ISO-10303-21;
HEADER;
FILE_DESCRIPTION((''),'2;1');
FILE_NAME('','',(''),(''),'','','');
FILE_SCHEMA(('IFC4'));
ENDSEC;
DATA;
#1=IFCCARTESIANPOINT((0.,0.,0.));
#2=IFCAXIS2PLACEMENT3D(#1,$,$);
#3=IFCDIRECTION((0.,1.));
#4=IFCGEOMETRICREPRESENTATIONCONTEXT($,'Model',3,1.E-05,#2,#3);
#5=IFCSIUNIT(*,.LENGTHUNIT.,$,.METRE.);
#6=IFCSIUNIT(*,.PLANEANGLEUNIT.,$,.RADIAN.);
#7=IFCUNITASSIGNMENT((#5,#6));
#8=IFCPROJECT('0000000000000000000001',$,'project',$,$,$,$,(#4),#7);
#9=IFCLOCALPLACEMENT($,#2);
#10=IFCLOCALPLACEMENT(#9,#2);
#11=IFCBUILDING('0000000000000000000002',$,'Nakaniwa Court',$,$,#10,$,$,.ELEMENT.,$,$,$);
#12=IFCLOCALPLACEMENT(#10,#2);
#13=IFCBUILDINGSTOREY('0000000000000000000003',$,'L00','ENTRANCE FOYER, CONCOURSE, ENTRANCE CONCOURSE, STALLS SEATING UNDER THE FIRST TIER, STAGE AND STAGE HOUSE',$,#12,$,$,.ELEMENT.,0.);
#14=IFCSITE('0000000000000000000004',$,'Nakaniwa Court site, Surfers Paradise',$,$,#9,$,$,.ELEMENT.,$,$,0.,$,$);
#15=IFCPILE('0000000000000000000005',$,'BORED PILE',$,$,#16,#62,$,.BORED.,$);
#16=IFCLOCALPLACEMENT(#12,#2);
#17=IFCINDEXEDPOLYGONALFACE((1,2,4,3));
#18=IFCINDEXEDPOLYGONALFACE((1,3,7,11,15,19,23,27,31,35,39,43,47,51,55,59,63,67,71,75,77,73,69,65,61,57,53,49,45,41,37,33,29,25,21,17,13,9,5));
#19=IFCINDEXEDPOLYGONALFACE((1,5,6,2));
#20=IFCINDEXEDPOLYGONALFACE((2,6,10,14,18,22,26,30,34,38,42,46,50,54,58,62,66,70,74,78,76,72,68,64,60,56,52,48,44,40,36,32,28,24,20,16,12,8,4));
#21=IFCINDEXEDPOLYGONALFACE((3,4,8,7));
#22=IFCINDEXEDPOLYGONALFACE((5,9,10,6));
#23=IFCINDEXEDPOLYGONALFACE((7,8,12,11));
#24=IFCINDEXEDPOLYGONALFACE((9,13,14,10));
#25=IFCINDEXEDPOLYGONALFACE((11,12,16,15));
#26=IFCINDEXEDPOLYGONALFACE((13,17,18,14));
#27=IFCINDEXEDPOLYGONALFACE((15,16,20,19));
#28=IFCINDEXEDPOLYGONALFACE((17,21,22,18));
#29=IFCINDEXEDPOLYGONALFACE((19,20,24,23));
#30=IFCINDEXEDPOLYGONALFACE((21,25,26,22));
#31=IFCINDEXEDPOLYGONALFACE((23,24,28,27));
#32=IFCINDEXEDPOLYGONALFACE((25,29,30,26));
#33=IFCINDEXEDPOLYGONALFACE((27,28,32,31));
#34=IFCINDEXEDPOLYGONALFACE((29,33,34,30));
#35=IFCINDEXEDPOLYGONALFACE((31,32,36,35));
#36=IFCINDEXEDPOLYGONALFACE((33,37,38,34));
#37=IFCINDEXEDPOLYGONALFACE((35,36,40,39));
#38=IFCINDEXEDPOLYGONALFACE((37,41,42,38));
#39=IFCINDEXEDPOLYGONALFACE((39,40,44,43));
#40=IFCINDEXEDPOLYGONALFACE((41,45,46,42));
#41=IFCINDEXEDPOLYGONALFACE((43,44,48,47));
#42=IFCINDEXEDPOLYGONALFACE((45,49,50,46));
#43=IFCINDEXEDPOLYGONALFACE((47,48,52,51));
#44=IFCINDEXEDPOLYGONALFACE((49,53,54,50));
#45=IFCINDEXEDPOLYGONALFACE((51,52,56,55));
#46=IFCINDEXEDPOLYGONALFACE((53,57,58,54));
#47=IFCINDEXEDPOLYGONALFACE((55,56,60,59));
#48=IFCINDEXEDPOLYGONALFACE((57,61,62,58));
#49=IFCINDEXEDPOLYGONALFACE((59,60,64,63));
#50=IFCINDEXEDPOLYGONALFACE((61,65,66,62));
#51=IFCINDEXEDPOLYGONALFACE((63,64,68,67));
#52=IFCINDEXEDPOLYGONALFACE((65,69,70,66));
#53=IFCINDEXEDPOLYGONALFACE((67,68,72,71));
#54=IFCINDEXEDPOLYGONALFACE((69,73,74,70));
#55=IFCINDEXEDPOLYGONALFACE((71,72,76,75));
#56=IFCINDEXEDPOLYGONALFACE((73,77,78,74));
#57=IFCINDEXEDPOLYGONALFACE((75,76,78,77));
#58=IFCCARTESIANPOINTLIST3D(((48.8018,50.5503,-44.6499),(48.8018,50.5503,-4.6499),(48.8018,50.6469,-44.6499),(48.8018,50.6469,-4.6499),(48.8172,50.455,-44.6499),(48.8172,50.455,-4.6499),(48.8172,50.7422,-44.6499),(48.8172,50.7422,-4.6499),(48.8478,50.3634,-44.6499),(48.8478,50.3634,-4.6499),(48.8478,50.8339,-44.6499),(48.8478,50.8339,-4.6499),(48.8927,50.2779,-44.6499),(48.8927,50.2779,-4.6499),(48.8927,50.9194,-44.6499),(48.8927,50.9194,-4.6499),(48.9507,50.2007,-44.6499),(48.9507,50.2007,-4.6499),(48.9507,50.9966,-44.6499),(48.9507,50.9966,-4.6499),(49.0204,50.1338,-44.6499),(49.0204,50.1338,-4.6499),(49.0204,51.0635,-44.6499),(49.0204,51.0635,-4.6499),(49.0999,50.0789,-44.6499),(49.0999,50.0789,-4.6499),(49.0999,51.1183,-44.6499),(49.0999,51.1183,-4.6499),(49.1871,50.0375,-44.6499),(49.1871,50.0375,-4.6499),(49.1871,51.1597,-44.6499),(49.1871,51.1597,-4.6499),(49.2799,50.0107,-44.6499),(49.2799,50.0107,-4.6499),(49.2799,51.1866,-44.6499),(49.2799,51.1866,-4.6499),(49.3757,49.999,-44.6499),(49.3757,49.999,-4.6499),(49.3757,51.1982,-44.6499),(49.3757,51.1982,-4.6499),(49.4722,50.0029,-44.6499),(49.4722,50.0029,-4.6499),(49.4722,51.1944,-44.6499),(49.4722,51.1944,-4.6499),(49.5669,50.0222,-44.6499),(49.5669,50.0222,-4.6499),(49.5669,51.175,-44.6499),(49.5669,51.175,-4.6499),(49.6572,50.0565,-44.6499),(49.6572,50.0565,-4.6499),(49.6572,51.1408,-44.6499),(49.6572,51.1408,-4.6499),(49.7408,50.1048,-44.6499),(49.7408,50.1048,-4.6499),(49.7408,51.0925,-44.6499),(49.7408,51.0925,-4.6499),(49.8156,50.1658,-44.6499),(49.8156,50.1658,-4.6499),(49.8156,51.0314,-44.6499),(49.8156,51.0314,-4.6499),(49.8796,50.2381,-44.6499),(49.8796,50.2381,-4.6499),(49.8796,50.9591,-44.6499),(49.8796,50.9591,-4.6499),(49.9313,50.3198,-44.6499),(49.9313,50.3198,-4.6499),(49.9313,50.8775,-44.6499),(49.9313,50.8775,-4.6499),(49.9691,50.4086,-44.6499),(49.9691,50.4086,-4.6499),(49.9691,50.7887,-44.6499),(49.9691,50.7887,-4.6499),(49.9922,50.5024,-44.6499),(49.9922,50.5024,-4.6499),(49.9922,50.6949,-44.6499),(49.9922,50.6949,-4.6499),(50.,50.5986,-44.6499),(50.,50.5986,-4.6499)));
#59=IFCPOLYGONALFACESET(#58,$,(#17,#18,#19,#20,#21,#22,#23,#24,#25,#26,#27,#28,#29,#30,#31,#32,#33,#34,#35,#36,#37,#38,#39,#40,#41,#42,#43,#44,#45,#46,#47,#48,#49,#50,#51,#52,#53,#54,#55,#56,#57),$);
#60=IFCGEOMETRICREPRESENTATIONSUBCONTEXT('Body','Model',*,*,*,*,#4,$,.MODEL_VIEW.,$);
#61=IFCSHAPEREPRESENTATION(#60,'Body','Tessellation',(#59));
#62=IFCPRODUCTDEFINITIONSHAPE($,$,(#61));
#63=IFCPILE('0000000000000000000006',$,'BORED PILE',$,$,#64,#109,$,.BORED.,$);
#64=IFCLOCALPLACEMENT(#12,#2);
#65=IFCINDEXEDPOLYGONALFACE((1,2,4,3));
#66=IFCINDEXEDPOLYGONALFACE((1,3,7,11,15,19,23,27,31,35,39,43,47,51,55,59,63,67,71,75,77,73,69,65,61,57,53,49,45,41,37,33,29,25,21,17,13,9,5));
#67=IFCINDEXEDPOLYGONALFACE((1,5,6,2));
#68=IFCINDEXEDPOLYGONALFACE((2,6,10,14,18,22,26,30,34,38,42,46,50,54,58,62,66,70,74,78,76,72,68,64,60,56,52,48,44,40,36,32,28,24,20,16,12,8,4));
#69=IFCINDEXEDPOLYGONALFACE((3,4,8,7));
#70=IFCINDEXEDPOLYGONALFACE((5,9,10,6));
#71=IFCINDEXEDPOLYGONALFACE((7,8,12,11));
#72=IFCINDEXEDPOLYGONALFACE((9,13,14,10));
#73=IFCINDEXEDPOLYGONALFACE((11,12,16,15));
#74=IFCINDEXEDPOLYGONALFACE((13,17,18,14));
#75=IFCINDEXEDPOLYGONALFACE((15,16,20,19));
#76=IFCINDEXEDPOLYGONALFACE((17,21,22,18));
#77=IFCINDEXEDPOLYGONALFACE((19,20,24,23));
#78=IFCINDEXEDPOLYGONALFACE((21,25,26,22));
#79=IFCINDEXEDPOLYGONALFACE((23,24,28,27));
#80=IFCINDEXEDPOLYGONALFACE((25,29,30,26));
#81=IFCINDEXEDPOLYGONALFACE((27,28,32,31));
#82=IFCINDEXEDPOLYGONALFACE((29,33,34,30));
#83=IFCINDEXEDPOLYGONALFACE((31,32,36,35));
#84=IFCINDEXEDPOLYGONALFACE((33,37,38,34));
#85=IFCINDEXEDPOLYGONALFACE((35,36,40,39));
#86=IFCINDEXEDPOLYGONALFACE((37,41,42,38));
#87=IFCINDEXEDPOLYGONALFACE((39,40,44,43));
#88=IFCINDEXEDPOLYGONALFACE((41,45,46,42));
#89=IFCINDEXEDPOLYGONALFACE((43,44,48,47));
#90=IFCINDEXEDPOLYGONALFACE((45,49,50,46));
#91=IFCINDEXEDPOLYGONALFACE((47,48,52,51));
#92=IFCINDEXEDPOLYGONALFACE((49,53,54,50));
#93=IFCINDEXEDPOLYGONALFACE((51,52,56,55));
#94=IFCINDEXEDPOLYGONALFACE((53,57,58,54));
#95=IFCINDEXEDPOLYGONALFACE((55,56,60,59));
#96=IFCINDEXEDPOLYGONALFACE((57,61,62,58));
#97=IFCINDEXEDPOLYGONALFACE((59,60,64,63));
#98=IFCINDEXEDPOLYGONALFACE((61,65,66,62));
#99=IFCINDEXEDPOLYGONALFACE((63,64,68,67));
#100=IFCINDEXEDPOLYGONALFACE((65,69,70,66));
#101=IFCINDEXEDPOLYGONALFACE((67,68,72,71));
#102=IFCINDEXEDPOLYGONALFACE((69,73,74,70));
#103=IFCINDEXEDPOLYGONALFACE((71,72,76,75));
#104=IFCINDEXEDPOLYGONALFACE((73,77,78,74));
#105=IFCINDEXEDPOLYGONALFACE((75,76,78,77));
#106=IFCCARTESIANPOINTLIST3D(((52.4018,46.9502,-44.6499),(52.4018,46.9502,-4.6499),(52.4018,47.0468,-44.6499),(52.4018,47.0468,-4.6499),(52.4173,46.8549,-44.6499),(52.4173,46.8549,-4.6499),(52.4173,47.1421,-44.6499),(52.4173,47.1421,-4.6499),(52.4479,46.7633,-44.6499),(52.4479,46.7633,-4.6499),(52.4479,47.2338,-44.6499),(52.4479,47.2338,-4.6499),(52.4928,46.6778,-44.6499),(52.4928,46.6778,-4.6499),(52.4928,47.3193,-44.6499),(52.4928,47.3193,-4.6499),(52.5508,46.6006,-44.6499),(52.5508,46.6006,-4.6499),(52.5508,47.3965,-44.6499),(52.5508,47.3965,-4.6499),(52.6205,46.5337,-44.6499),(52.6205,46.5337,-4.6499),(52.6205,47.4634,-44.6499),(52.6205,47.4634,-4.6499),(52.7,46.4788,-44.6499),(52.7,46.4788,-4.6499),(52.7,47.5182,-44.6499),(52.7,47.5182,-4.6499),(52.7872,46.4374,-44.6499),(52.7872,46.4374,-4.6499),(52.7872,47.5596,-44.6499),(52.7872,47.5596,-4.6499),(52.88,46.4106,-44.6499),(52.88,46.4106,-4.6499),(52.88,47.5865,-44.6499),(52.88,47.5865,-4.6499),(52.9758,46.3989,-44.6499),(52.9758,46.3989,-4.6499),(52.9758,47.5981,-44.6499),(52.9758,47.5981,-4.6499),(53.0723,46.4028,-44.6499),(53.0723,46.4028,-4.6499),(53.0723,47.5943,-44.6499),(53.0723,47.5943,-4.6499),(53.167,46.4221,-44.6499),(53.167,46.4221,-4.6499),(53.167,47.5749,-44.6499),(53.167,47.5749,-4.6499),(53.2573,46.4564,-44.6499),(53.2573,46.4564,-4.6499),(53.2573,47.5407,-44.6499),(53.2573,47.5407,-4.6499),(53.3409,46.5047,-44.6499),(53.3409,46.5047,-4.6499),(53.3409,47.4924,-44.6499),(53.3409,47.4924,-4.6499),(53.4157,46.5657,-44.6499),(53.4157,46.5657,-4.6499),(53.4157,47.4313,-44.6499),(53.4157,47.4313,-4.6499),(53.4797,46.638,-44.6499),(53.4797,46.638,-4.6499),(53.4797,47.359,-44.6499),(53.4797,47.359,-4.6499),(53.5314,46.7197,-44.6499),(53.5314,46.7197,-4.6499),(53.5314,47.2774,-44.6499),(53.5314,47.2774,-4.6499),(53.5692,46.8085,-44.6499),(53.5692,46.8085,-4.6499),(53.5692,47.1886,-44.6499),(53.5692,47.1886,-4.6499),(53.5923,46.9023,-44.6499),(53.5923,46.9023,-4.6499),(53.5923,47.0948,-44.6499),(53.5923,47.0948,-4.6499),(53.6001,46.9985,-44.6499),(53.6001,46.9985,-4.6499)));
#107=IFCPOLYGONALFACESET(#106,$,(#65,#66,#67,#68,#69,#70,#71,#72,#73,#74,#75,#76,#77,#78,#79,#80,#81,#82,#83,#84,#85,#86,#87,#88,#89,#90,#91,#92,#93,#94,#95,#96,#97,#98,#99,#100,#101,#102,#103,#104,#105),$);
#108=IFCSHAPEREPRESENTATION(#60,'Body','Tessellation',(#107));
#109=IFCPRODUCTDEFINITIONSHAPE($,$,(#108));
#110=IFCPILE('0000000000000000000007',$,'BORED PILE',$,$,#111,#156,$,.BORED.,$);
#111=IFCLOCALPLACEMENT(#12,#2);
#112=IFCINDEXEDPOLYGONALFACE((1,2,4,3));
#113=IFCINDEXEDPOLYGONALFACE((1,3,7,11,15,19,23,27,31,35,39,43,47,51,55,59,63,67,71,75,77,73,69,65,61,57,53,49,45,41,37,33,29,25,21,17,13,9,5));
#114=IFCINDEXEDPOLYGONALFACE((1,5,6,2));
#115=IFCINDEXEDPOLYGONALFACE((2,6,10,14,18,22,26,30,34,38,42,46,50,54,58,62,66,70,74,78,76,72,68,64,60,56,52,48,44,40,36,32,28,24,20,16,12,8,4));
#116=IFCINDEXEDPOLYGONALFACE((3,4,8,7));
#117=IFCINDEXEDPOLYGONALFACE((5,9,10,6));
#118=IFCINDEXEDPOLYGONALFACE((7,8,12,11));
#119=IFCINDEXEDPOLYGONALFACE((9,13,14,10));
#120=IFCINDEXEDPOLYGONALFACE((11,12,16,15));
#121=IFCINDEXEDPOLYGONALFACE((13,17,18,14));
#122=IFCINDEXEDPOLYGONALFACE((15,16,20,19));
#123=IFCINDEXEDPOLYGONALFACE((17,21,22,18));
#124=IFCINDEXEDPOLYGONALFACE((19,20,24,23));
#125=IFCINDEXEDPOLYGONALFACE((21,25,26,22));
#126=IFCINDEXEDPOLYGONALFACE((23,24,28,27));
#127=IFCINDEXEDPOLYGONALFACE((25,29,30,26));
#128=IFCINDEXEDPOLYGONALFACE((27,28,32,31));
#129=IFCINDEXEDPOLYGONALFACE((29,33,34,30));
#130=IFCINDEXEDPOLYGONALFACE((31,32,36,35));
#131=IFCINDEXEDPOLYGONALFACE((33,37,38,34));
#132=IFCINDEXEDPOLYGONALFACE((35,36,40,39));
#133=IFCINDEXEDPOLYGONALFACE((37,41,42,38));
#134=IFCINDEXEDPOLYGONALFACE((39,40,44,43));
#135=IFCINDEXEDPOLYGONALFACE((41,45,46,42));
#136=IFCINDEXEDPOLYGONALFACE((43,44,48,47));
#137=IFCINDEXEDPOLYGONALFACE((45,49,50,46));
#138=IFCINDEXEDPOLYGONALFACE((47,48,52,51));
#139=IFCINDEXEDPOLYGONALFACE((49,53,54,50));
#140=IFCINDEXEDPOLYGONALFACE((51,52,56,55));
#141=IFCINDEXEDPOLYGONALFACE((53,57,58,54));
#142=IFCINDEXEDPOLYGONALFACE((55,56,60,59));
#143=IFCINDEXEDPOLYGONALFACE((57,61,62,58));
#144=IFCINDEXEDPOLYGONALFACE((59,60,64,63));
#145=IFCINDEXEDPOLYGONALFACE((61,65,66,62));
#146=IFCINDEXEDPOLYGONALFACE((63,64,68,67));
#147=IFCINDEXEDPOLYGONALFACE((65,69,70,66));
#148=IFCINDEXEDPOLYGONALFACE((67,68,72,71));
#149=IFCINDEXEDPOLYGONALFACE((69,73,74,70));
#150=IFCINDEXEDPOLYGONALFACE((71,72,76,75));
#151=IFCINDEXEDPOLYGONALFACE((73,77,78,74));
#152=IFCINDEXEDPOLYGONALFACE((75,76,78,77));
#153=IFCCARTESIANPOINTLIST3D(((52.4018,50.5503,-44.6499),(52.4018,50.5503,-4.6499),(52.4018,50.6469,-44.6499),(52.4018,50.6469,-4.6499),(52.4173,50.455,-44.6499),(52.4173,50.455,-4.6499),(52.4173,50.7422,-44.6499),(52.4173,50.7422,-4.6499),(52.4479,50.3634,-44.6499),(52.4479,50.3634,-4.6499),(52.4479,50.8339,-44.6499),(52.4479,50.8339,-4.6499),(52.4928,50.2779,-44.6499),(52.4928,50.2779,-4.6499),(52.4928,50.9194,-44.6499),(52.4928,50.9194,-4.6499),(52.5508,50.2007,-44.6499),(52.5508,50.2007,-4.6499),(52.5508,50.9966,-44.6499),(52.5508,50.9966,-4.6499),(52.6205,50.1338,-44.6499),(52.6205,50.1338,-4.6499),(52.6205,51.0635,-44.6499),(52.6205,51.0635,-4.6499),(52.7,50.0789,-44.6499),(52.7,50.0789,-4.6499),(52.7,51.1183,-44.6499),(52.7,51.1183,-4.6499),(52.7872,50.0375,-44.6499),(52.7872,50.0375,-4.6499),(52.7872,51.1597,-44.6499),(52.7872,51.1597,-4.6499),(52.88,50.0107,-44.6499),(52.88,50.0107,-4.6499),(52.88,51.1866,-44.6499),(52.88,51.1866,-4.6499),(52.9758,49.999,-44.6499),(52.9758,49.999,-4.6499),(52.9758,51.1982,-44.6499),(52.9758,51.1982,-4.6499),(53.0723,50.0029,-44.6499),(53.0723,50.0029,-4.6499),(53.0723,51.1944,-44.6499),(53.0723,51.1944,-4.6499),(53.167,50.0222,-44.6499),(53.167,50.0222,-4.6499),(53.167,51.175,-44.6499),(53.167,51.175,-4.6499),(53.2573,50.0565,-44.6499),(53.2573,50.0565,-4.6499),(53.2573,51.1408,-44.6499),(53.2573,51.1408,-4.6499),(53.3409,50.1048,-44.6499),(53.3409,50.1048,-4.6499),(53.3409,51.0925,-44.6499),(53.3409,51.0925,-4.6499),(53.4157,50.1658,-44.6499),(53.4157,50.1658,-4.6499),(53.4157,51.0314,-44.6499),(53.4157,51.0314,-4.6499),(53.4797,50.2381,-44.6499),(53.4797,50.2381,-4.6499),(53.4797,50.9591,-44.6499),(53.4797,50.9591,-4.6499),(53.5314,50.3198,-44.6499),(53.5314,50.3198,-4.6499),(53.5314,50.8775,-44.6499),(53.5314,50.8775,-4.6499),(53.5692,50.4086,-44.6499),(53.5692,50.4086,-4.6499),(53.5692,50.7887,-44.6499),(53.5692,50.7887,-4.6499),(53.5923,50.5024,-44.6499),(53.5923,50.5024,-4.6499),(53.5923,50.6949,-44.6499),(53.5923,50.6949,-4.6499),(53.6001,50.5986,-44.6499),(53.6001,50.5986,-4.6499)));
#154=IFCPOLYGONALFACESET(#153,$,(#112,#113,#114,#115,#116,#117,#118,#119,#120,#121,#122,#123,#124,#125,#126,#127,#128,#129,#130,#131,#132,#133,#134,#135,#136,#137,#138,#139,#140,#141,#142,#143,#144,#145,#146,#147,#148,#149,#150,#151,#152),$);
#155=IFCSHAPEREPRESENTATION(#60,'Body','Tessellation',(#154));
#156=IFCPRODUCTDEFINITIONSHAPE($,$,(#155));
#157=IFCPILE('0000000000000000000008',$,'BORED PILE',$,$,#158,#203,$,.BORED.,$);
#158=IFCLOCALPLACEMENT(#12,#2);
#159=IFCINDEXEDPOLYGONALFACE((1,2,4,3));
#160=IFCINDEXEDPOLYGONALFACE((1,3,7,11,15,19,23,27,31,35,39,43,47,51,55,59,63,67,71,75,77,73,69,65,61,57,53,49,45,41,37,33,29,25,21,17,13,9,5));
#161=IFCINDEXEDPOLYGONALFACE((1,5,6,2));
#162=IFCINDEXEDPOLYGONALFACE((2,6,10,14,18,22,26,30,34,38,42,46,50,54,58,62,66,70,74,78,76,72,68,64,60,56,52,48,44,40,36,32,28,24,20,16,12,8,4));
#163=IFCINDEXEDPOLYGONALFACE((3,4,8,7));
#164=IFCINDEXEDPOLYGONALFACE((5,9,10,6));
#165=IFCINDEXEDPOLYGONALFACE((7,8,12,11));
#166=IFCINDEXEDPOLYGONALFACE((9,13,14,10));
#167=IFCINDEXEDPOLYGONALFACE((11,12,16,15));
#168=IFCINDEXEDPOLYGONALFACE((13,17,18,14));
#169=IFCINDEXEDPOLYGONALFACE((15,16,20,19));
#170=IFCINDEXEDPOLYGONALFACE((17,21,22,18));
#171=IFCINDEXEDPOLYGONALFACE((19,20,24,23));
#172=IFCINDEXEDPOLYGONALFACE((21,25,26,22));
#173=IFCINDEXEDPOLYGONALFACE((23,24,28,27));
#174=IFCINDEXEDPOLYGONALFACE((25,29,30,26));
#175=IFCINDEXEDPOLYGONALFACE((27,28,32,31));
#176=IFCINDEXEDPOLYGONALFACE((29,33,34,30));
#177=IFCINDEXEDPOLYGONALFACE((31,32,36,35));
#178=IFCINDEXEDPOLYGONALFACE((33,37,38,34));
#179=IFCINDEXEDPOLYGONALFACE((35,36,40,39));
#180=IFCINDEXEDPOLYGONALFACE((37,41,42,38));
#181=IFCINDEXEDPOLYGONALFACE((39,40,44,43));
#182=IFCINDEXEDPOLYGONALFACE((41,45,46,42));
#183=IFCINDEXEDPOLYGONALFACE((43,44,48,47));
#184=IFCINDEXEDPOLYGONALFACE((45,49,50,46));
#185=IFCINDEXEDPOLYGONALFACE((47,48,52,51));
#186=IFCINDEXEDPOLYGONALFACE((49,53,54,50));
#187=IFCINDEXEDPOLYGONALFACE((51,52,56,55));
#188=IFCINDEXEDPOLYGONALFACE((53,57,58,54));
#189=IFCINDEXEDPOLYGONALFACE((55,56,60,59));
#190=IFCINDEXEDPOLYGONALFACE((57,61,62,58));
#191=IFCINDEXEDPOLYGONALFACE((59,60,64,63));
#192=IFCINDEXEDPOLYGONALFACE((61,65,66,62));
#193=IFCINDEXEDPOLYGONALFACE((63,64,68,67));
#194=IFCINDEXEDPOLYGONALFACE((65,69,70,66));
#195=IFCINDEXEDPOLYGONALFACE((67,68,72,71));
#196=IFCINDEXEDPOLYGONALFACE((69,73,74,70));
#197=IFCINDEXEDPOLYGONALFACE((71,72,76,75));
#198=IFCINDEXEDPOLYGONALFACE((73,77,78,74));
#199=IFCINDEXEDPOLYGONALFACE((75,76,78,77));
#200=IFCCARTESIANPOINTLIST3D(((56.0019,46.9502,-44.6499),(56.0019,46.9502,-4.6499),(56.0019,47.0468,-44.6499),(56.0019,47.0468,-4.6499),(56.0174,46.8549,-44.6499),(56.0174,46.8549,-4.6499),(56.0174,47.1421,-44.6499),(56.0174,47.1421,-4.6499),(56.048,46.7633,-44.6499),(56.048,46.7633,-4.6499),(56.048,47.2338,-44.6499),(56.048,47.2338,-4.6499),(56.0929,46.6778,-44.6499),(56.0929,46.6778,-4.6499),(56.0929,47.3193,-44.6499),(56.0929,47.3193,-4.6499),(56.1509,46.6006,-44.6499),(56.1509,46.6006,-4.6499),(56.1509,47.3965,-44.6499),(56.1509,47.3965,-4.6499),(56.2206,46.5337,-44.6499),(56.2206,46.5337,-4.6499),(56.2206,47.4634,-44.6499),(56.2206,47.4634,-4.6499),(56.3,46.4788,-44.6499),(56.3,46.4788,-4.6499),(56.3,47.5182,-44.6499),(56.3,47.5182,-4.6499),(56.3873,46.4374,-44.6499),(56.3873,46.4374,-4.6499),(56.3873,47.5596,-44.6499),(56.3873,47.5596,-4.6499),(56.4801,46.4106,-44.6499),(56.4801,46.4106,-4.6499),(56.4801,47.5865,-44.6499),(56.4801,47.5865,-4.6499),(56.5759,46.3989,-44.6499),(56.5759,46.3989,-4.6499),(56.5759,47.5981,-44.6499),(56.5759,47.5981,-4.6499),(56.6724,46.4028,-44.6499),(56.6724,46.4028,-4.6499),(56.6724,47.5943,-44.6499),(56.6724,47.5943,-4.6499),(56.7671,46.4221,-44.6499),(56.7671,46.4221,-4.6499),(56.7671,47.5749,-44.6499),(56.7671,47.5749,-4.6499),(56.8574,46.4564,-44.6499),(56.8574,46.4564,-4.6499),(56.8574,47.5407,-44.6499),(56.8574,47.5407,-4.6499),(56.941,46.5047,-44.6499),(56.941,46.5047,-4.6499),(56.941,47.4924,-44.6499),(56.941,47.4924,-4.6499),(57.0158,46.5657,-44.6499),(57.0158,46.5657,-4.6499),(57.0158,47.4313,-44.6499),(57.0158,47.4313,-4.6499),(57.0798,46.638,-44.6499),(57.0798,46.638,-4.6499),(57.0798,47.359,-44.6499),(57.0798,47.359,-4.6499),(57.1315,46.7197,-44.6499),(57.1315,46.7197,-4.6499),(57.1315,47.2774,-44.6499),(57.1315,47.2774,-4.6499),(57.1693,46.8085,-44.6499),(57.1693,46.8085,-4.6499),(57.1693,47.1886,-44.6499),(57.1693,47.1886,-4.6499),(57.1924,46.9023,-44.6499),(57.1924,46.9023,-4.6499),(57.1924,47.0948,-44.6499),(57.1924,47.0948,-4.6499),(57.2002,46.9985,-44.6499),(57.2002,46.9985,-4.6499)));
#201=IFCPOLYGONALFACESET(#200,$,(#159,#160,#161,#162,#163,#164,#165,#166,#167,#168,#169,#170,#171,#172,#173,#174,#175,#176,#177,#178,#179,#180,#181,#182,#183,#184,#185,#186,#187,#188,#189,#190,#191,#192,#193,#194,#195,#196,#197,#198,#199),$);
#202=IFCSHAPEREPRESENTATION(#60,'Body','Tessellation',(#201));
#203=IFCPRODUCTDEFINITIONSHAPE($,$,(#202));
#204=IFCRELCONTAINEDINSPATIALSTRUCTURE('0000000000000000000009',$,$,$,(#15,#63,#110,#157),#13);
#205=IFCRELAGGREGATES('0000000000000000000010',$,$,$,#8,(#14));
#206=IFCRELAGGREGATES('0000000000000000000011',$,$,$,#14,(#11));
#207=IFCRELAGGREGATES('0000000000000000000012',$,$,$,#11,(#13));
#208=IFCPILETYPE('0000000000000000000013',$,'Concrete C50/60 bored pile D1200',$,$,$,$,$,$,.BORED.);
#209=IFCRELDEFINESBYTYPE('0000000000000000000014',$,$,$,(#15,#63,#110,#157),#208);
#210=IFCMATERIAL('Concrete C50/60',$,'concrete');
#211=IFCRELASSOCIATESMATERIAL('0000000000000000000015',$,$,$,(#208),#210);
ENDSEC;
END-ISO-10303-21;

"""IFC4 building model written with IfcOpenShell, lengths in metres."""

from ifc_helpers import new_model, si_unit, direction, frame, origin, origin_2d, place, context, subcontext, project, spatial, circle, extrude, material, material_profile, profile_set, type_object, element, save


model = new_model("IFC4")

# Units and contexts
model_context = context("Model", 3, precision=1e-05, world=origin(), true_north=direction((0.0, 1.0)))
body_context = subcontext(model_context, "Body", "Model", "MODEL_VIEW")
ifc_project = project(units=[si_unit("LENGTHUNIT", "METRE"), si_unit("PLANEANGLEUNIT", "RADIAN")], contexts=[model_context])

# Site, building, storey
site_placement = place(None, origin())
site = spatial("IfcSite", under=ifc_project, at=site_placement, Name="Nakaniwa Court site, Surfers Paradise", CompositionType="ELEMENT", RefElevation=0.0)
building_placement = place(site_placement, origin())
building = spatial("IfcBuilding", under=site, at=building_placement, Name="Nakaniwa Court", CompositionType="ELEMENT")
storey_placement = place(building_placement, origin())
storey = spatial("IfcBuildingStorey", under=building, at=storey_placement, Name="L00", Description="ENTRANCE FOYER, CONCOURSE, ENTRANCE CONCOURSE, STALLS SEATING UNDER THE FIRST TIER, STAGE AND STAGE HOUSE", CompositionType="ELEMENT", Elevation=0.0)

# Piles
ifc_material_1 = material(Name="Concrete C50/60", Category="concrete")
ifc_material_profile_1 = material_profile(ifc_material_1, circle(Radius=0.6001, at=origin_2d()), Name="Concrete C50/60 bored pile D1200")
ifc_profile_set_1 = profile_set([ifc_material_profile_1], Name="Concrete C50/60")
pile_type = type_object("IfcPileType", Name="Concrete C50/60 bored pile D1200", PredefinedType="BORED", material=ifc_profile_set_1)
for number, where, z_axis, x_axis, name in (
    (1, (49.3999, 50.5986, -4.6499), (0.0, 0.0, -1.0), (1.0, 0.0, 0.0), "BORED PILE"),
    (2, (53.0, 46.9985, -4.6499), (0.0, 0.0, -1.0), (1.0, 0.0, 0.0), "BORED PILE"),
    (3, (53.0, 50.5986, -4.6499), (0.0, 0.0, -1.0), (1.0, 0.0, 0.0), "BORED PILE"),
    (4, (56.6001, 46.9985, -4.6499), (0.0, 0.0, -1.0), (1.0, 0.0, 0.0), "BORED PILE"),
):
    element("IfcPile", number, at=place(storey_placement, frame(where, z_axis=z_axis, x_axis=x_axis)), inside=storey, type_object=pile_type, Name=name, PredefinedType="BORED", context=body_context, shape_type="SweptSolid", body=[
        extrude(circle(Radius=0.6001, at=origin_2d()), origin(), (0.0, 0.0, 1.0), 40.0),
    ])

save(model, "model.ifc")
